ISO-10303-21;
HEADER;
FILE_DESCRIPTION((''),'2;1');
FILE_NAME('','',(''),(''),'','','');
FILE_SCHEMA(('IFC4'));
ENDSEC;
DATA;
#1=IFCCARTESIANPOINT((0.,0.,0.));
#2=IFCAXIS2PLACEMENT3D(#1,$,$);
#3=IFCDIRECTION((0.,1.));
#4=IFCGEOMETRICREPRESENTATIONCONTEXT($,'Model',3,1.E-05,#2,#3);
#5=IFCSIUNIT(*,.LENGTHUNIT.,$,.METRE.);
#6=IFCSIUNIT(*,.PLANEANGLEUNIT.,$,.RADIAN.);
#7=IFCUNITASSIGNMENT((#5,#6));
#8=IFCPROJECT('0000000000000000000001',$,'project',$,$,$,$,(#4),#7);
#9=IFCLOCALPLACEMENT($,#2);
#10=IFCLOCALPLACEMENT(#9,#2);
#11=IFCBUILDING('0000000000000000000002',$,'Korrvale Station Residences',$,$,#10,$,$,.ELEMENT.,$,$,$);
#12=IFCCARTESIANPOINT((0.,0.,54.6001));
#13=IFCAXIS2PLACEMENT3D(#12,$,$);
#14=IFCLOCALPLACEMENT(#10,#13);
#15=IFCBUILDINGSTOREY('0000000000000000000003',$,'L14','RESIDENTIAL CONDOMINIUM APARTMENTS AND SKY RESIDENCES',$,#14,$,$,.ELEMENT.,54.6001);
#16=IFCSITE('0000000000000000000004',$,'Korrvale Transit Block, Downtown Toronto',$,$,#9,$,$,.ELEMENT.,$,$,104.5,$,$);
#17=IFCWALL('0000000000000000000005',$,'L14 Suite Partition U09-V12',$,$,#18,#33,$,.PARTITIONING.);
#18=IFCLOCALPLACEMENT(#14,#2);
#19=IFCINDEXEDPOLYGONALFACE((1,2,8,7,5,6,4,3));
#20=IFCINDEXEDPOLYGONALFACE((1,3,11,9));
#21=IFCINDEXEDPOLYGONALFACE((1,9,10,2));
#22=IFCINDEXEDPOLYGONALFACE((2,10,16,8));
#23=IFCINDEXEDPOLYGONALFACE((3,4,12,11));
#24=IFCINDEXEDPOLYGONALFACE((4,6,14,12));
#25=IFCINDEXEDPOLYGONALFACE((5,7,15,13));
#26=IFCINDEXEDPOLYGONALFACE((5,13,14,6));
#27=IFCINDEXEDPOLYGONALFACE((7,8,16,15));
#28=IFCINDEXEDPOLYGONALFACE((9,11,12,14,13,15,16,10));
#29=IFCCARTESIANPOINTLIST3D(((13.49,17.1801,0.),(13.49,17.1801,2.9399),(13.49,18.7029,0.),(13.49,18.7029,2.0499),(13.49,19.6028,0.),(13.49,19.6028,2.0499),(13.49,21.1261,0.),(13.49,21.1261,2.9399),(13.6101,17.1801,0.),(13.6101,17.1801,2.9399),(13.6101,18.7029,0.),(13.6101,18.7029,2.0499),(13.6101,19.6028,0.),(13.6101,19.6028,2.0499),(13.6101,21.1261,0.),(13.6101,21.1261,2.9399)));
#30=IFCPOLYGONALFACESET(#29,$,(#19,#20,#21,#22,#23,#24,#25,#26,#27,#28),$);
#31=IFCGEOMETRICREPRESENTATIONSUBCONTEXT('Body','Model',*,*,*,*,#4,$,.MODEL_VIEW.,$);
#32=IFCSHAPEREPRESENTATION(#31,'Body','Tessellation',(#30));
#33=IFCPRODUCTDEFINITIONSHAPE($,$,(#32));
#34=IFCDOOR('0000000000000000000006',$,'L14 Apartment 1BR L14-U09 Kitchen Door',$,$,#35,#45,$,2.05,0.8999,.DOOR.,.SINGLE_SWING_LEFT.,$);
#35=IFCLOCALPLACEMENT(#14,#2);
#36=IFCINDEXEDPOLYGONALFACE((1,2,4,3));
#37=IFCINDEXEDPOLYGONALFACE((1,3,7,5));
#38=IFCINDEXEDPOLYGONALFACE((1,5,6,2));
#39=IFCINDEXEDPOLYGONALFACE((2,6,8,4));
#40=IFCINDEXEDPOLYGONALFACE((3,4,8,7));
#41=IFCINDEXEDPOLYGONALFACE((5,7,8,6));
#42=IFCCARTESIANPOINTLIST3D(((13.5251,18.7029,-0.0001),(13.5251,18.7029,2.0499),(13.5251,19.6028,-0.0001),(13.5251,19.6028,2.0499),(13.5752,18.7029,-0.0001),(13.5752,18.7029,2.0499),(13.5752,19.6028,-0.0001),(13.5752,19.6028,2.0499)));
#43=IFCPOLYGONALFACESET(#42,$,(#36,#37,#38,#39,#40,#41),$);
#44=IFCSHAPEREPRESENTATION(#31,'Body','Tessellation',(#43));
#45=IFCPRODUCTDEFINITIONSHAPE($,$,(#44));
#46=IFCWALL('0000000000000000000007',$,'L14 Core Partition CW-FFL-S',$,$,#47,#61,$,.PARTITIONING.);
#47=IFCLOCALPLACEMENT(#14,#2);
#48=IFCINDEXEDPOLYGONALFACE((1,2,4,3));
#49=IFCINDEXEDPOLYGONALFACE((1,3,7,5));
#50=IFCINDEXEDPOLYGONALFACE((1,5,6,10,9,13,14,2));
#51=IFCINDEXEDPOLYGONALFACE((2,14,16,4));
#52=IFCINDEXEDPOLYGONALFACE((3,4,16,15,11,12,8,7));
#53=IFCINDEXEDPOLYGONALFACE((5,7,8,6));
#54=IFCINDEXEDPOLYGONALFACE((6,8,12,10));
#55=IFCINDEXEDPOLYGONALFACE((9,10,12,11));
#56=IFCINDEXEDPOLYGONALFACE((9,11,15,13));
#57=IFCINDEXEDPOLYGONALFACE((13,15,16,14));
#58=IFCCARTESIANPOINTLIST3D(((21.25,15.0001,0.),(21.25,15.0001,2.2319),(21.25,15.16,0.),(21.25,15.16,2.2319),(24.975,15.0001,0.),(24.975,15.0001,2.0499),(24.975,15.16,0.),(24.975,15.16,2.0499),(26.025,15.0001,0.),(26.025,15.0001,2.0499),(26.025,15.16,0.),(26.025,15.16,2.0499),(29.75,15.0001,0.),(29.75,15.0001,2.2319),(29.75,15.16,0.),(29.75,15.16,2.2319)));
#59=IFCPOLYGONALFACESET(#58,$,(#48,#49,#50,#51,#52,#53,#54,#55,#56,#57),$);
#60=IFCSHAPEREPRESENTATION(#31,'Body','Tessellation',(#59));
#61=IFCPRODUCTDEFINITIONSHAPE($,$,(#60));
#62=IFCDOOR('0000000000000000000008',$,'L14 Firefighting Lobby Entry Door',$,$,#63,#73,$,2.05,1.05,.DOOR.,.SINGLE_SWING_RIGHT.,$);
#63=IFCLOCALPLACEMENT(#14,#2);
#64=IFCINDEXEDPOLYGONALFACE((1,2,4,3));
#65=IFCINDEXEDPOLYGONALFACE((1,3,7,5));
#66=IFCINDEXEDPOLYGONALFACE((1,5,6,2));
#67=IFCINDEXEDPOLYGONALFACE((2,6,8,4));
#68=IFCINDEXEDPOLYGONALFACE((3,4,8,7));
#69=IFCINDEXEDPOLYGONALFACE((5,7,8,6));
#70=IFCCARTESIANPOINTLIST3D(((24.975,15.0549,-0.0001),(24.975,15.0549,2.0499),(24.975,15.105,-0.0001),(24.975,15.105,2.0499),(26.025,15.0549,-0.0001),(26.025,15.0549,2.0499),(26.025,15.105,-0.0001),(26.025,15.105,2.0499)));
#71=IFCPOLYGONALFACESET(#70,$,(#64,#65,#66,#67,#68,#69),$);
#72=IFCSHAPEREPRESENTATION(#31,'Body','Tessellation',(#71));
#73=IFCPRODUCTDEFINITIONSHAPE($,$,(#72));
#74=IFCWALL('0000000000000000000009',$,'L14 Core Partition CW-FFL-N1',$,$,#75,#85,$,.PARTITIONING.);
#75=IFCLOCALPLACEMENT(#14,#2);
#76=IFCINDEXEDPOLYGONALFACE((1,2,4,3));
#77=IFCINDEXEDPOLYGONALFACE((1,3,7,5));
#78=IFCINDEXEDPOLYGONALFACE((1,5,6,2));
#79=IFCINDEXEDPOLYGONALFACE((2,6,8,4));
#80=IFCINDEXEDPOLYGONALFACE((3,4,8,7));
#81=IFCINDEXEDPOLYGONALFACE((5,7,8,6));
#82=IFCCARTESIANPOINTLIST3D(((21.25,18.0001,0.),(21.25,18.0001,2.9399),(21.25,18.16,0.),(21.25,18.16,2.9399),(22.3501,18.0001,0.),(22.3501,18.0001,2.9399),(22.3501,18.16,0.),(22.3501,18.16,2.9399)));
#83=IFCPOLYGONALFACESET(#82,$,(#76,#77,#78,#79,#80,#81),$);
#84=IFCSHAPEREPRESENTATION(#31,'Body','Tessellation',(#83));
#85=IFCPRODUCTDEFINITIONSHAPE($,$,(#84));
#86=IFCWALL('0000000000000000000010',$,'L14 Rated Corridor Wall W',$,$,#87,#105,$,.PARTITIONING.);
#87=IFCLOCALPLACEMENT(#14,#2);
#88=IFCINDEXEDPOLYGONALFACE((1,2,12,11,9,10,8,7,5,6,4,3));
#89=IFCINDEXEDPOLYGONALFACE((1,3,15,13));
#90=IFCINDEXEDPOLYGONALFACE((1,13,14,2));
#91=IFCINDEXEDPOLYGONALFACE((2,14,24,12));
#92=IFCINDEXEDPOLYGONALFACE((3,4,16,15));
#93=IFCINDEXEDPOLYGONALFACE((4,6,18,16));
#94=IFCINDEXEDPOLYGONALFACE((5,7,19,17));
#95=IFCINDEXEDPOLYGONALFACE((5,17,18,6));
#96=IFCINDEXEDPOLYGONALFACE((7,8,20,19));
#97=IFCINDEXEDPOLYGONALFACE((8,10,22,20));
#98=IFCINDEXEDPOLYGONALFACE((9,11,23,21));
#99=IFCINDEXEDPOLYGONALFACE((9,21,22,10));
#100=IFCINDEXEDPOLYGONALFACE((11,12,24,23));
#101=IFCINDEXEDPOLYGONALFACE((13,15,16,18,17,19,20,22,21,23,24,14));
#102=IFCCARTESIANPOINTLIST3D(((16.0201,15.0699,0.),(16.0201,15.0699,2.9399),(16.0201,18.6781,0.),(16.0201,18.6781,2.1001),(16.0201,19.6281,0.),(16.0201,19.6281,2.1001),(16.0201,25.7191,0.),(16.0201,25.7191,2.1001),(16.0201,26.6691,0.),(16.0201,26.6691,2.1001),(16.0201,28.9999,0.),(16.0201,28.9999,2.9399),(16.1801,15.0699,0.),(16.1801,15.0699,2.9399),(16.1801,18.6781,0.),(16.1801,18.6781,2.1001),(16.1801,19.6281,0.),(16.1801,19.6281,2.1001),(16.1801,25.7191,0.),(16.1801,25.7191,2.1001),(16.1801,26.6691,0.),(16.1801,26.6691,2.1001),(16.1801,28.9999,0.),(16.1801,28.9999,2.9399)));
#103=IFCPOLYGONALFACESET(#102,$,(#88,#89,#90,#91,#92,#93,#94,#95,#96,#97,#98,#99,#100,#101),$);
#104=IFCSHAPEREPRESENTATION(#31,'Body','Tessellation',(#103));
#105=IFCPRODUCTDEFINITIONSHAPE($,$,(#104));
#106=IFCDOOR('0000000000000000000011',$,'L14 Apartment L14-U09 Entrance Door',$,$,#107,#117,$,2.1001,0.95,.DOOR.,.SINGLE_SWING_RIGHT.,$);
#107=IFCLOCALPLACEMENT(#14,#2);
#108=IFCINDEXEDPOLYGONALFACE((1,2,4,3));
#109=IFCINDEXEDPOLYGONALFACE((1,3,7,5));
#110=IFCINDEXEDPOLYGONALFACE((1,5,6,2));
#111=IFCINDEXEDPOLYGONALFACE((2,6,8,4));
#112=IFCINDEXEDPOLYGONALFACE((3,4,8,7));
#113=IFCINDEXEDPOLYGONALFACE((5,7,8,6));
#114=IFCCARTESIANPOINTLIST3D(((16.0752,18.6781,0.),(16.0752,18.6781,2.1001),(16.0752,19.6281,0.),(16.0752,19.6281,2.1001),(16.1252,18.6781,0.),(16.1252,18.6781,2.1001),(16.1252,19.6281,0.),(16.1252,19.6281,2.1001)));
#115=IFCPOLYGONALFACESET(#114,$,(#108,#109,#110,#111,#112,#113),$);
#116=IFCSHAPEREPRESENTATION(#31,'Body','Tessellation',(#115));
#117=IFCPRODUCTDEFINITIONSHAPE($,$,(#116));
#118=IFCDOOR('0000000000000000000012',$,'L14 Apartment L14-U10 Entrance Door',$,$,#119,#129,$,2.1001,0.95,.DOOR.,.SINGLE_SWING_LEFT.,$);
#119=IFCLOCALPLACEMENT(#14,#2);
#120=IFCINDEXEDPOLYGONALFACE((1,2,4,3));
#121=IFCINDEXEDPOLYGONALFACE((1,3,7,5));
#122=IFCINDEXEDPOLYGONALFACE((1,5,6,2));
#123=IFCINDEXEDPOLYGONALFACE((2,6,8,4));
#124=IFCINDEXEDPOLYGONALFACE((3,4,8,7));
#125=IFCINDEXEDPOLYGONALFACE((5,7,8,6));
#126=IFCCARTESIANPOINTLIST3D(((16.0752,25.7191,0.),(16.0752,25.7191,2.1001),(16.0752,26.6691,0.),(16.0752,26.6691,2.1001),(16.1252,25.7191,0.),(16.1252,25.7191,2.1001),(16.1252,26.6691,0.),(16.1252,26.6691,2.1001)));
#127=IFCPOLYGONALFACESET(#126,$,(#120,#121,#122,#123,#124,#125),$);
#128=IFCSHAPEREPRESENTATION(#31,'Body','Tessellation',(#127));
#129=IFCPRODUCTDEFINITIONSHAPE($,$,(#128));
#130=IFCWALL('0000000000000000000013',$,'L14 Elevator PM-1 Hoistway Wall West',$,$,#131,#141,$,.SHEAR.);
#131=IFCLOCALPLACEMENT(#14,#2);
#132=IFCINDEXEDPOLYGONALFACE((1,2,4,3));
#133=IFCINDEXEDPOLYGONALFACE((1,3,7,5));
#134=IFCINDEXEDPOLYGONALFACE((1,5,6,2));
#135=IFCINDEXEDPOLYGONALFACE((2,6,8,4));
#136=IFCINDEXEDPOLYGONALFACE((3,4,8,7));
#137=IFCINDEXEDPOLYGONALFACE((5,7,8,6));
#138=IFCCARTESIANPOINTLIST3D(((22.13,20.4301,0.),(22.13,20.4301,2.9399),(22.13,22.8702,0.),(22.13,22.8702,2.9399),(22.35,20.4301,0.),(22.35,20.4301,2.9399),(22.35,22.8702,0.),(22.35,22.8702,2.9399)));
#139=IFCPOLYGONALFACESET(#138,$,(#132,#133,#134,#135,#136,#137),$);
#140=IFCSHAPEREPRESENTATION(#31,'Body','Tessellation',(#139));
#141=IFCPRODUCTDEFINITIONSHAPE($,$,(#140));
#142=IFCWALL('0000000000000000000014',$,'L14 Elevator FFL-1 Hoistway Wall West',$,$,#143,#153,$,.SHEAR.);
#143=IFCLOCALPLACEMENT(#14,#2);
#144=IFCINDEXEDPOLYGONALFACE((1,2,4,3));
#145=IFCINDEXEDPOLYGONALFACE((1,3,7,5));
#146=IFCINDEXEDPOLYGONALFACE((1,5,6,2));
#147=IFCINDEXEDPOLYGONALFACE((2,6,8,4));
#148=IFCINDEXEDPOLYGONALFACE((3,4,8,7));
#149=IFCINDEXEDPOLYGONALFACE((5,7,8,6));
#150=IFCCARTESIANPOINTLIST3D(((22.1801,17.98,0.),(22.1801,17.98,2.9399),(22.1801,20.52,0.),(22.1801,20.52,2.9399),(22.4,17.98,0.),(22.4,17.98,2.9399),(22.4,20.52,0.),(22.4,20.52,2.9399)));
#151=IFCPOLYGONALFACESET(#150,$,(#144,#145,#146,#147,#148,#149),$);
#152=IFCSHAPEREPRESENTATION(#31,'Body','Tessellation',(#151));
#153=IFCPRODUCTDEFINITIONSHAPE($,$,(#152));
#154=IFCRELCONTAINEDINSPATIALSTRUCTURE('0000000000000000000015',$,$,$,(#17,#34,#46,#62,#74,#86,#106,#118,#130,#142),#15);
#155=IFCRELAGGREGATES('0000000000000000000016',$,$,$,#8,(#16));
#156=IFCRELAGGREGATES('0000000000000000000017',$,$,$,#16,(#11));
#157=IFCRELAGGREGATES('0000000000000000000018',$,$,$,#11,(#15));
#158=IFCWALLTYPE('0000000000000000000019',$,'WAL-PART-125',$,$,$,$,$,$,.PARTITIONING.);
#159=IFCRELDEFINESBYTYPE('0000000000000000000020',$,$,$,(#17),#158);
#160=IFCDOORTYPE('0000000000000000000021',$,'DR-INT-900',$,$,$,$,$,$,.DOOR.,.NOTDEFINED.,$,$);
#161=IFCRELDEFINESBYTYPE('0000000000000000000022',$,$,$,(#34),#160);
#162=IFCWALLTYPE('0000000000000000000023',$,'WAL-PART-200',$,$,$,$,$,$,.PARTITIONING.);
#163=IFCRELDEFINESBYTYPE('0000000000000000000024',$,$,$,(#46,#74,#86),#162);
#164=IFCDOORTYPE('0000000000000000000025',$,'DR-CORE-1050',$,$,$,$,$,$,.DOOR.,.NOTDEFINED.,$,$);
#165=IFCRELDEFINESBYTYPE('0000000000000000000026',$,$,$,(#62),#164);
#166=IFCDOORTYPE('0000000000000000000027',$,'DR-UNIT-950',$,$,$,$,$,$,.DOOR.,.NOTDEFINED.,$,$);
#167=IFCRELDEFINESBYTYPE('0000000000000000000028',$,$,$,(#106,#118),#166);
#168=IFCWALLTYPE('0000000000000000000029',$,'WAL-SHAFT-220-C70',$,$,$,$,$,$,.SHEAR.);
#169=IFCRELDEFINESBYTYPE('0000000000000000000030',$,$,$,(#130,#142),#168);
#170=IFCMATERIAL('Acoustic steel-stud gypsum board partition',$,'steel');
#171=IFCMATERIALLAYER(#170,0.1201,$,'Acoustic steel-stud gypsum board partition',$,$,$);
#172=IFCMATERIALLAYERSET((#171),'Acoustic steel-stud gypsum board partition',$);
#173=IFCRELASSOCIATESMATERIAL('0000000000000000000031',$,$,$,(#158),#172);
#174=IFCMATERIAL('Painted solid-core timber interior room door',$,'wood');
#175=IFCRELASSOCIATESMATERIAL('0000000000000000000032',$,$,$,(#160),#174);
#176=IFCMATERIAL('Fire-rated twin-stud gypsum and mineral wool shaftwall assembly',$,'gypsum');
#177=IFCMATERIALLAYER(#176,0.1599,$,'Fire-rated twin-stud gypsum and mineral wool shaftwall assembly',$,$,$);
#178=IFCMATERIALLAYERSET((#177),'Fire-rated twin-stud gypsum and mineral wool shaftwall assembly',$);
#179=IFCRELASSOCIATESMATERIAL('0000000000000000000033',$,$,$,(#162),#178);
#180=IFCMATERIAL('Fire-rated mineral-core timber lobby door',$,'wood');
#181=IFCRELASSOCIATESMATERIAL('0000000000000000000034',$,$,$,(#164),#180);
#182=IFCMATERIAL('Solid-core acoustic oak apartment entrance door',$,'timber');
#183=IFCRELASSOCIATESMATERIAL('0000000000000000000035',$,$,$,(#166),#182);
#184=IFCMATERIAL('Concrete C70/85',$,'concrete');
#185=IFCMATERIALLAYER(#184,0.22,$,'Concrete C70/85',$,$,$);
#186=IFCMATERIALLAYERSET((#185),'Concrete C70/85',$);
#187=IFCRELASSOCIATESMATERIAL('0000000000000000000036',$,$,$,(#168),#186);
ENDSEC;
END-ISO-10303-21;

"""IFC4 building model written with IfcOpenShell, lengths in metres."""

from ifc_helpers import new_model, si_unit, direction, frame, frame_2d, origin, place, context, subcontext, project, spatial, rectangle, extrude, material, layer, layer_set, type_object, element, fill, save


model = new_model("IFC4")

# Units and contexts
model_context = context("Model", 3, precision=1e-05, world=origin(), true_north=direction((0.0, 1.0)))
body_context = subcontext(model_context, "Body", "Model", "MODEL_VIEW")
ifc_project = project(units=[si_unit("LENGTHUNIT", "METRE"), si_unit("PLANEANGLEUNIT", "RADIAN")], contexts=[model_context])

# Site, building, storey
site_placement = place(None, origin())
site = spatial("IfcSite", under=ifc_project, at=site_placement, Name="Korrvale Transit Block, Downtown Toronto", CompositionType="ELEMENT", RefElevation=104.5)
building_placement = place(site_placement, origin())
building = spatial("IfcBuilding", under=site, at=building_placement, Name="Korrvale Station Residences", CompositionType="ELEMENT")
storey_placement = place(building_placement, frame((0.0, 0.0, 54.6001)))
storey = spatial("IfcBuildingStorey", under=building, at=storey_placement, Name="L14", Description="RESIDENTIAL CONDOMINIUM APARTMENTS AND SKY RESIDENCES", CompositionType="ELEMENT", Elevation=54.6001)

# Shared definitions
ifc_material_1 = material(Name="Concrete C70/85", Category="concrete")

# Shared definitions
ifc_material_2 = material(Name="Acoustic steel-stud gypsum board partition", Category="steel")
ifc_layer_1 = layer(ifc_material_2, 0.1201, Name="Acoustic steel-stud gypsum board partition")
ifc_layer_set_1 = layer_set([ifc_layer_1], Name="Acoustic steel-stud gypsum board partition")
wall_type_1 = type_object("IfcWallType", Name="WAL-PART-125", PredefinedType="PARTITIONING", material=ifc_layer_set_1)

# Walls, openings, doors
wall_1_placement = place(storey_placement, frame((13.55, 17.1799, 0.0), z_axis=(0.0, 0.0, 1.0), x_axis=(0.0, 1.0, 0.0)))
wall_1 = element("IfcWall", 1, at=wall_1_placement, inside=storey, type_object=wall_type_1, Name="L14 Suite Partition U09-V12", PredefinedType="PARTITIONING", context=body_context, shape_type="SweptSolid", body=[
    extrude(rectangle(XDim=3.946, YDim=0.1201, at=frame_2d((1.9731, 0.0))), origin(), (0.0, 0.0, 1.0), 2.9399),
])
opening_1_placement = place(wall_1_placement, frame((1.5229, 0.0, 0.0)))
opening_1 = element("IfcOpeningElement", 2, at=opening_1_placement, cuts=wall_1, PredefinedType="OPENING", context=body_context, shape_type="SweptSolid", body=[
    extrude(rectangle(XDim=0.8999, YDim=2.05, at=frame_2d((0.45, 1.0249))), frame((0.0, 0.0701, 0.0), z_axis=(0.0, -1.0, 0.0), x_axis=(1.0, 0.0, 0.0)), (0.0, 0.0, 1.0), 0.1401),
])
ifc_material_3 = material(Name="Painted solid-core timber interior room door", Category="wood")
door_type_1 = type_object("IfcDoorType", Name="DR-INT-900", OperationType="NOTDEFINED", PredefinedType="DOOR", material=ifc_material_3)
door_1_placement = place(opening_1_placement, origin())
door_1 = element("IfcDoor", 3, at=door_1_placement, inside=storey, type_object=door_type_1, Name="L14 Apartment 1BR L14-U09 Kitchen Door", OperationType="SINGLE_SWING_LEFT", OverallHeight=2.05, OverallWidth=0.8999, PredefinedType="DOOR", context=body_context, shape_type="SweptSolid", body=[
    extrude(rectangle(XDim=0.8999, YDim=2.05, at=frame_2d((0.45, 1.0249))), frame((0.0, 0.0249, 0.0), z_axis=(0.0, -1.0, 0.0), x_axis=(1.0, 0.0, 0.0)), (0.0, 0.0, 1.0), 0.05),
])
fill(opening_1, door_1)
ifc_material_4 = material(Name="Fire-rated twin-stud gypsum and mineral wool shaftwall assembly", Category="gypsum")
ifc_layer_2 = layer(ifc_material_4, 0.1599, Name="Fire-rated twin-stud gypsum and mineral wool shaftwall assembly")
ifc_layer_set_2 = layer_set([ifc_layer_2], Name="Fire-rated twin-stud gypsum and mineral wool shaftwall assembly")
wall_type_2 = type_object("IfcWallType", Name="WAL-PART-200", PredefinedType="PARTITIONING", material=ifc_layer_set_2)
wall_2_placement = place(storey_placement, frame((21.25, 15.0801, 0.0), z_axis=(0.0, 0.0, 1.0), x_axis=(1.0, 0.0, 0.0)))
wall_2 = element("IfcWall", 4, at=wall_2_placement, inside=storey, type_object=wall_type_2, Name="L14 Core Partition CW-FFL-S", PredefinedType="PARTITIONING", context=body_context, shape_type="SweptSolid", body=[
    extrude(rectangle(XDim=8.5, YDim=0.1599, at=frame_2d((4.25, 0.0))), origin(), (0.0, 0.0, 1.0), 2.2319),
])
opening_2_placement = place(wall_2_placement, frame((3.7251, 0.0, 0.0)))
opening_2 = element("IfcOpeningElement", 5, at=opening_2_placement, cuts=wall_2, PredefinedType="OPENING", context=body_context, shape_type="SweptSolid", body=[
    extrude(rectangle(XDim=1.05, YDim=2.05, at=frame_2d((0.5249, 1.0249))), frame((0.0, 0.0898, 0.0), z_axis=(0.0, -1.0, 0.0), x_axis=(1.0, 0.0, 0.0)), (0.0, 0.0, 1.0), 0.1799),
])
ifc_material_5 = material(Name="Fire-rated mineral-core timber lobby door", Category="wood")
door_type_2 = type_object("IfcDoorType", Name="DR-CORE-1050", OperationType="NOTDEFINED", PredefinedType="DOOR", material=ifc_material_5)
door_2_placement = place(opening_2_placement, origin())
door_2 = element("IfcDoor", 6, at=door_2_placement, inside=storey, type_object=door_type_2, Name="L14 Firefighting Lobby Entry Door", OperationType="SINGLE_SWING_RIGHT", OverallHeight=2.05, OverallWidth=1.05, PredefinedType="DOOR", context=body_context, shape_type="SweptSolid", body=[
    extrude(rectangle(XDim=1.05, YDim=2.05, at=frame_2d((0.5249, 1.0249))), frame((0.0, 0.0249, 0.0), z_axis=(0.0, -1.0, 0.0), x_axis=(1.0, 0.0, 0.0)), (0.0, 0.0, 1.0), 0.05),
])
fill(opening_2, door_2)

# Wall
wall_3_placement = place(storey_placement, frame((21.25, 18.0801, 0.0), z_axis=(0.0, 0.0, 1.0), x_axis=(1.0, 0.0, 0.0)))
element("IfcWall", 7, at=wall_3_placement, inside=storey, type_object=wall_type_2, Name="L14 Core Partition CW-FFL-N1", PredefinedType="PARTITIONING", context=body_context, shape_type="SweptSolid", body=[
    extrude(rectangle(XDim=1.1001, YDim=0.1599, at=frame_2d((0.55, 0.0))), origin(), (0.0, 0.0, 1.0), 2.9399),
])

# Wall, openings, doors
wall_4_placement = place(storey_placement, frame((16.1001, 15.0701, 0.0), z_axis=(0.0, 0.0, 1.0), x_axis=(0.0, 1.0, 0.0)))
wall_4 = element("IfcWall", 8, at=wall_4_placement, inside=storey, type_object=wall_type_2, Name="L14 Rated Corridor Wall W", PredefinedType="PARTITIONING", context=body_context, shape_type="SweptSolid", body=[
    extrude(rectangle(XDim=13.9299, YDim=0.1599, at=frame_2d((6.9648, 0.0))), origin(), (0.0, 0.0, 1.0), 2.9399),
])
opening_3_placement = place(wall_4_placement, frame((3.6079, 0.0, 0.0)))
opening_3 = element("IfcOpeningElement", 9, at=opening_3_placement, cuts=wall_4, PredefinedType="OPENING", context=body_context, shape_type="SweptSolid", body=[
    extrude(rectangle(XDim=0.95, YDim=2.1001, at=frame_2d((0.4751, 1.05))), frame((0.0, 0.0898, 0.0), z_axis=(0.0, -1.0, 0.0), x_axis=(1.0, 0.0, 0.0)), (0.0, 0.0, 1.0), 0.1799),
])
opening_4_placement = place(wall_4_placement, frame((10.6489, 0.0, 0.0)))
opening_4 = element("IfcOpeningElement", 10, at=opening_4_placement, cuts=wall_4, PredefinedType="OPENING", context=body_context, shape_type="SweptSolid", body=[
    extrude(rectangle(XDim=0.95, YDim=2.1001, at=frame_2d((0.4751, 1.05))), frame((0.0, 0.0898, 0.0), z_axis=(0.0, -1.0, 0.0), x_axis=(1.0, 0.0, 0.0)), (0.0, 0.0, 1.0), 0.1799),
])
ifc_material_6 = material(Name="Solid-core acoustic oak apartment entrance door", Category="timber")
door_type_3 = type_object("IfcDoorType", Name="DR-UNIT-950", OperationType="NOTDEFINED", PredefinedType="DOOR", material=ifc_material_6)
door_3_placement = place(opening_3_placement, origin())
door_3 = element("IfcDoor", 11, at=door_3_placement, inside=storey, type_object=door_type_3, Name="L14 Apartment L14-U09 Entrance Door", OperationType="SINGLE_SWING_RIGHT", OverallHeight=2.1001, OverallWidth=0.95, PredefinedType="DOOR", context=body_context, shape_type="SweptSolid", body=[
    extrude(rectangle(XDim=0.95, YDim=2.1001, at=frame_2d((0.4751, 1.05))), frame((0.0, 0.0249, 0.0), z_axis=(0.0, -1.0, 0.0), x_axis=(1.0, 0.0, 0.0)), (0.0, 0.0, 1.0), 0.05),
])
fill(opening_3, door_3)
door_4_placement = place(opening_4_placement, origin())
door_4 = element("IfcDoor", 12, at=door_4_placement, inside=storey, type_object=door_type_3, Name="L14 Apartment L14-U10 Entrance Door", OperationType="SINGLE_SWING_LEFT", OverallHeight=2.1001, OverallWidth=0.95, PredefinedType="DOOR", context=body_context, shape_type="SweptSolid", body=[
    extrude(rectangle(XDim=0.95, YDim=2.1001, at=frame_2d((0.4751, 1.05))), frame((0.0, 0.0249, 0.0), z_axis=(0.0, -1.0, 0.0), x_axis=(1.0, 0.0, 0.0)), (0.0, 0.0, 1.0), 0.05),
])
fill(opening_4, door_4)

# Walls
ifc_layer_3 = layer(ifc_material_1, 0.22, Name="Concrete C70/85")
ifc_layer_set_3 = layer_set([ifc_layer_3], Name="Concrete C70/85")
wall_type_3 = type_object("IfcWallType", Name="WAL-SHAFT-220-C70", PredefinedType="SHEAR", material=ifc_layer_set_3)
wall_5_placement = place(storey_placement, frame((22.24, 20.4299, 0.0), z_axis=(0.0, 0.0, 1.0), x_axis=(0.0, 1.0, 0.0)))
element("IfcWall", 13, at=wall_5_placement, inside=storey, type_object=wall_type_3, Name="L14 Elevator PM-1 Hoistway Wall West", PredefinedType="SHEAR", context=body_context, shape_type="SweptSolid", body=[
    extrude(rectangle(XDim=2.4402, YDim=0.22, at=frame_2d((1.2202, 0.0))), origin(), (0.0, 0.0, 1.0), 2.9399),
])
wall_6_placement = place(storey_placement, frame((22.29, 17.98, 0.0), z_axis=(0.0, 0.0, 1.0), x_axis=(0.0, 1.0, 0.0)))
element("IfcWall", 14, at=wall_6_placement, inside=storey, type_object=wall_type_3, Name="L14 Elevator FFL-1 Hoistway Wall West", PredefinedType="SHEAR", context=body_context, shape_type="SweptSolid", body=[
    extrude(rectangle(XDim=2.54, YDim=0.22, at=frame_2d((1.27, 0.0))), origin(), (0.0, 0.0, 1.0), 2.9399),
])

save(model, "model.ifc")
